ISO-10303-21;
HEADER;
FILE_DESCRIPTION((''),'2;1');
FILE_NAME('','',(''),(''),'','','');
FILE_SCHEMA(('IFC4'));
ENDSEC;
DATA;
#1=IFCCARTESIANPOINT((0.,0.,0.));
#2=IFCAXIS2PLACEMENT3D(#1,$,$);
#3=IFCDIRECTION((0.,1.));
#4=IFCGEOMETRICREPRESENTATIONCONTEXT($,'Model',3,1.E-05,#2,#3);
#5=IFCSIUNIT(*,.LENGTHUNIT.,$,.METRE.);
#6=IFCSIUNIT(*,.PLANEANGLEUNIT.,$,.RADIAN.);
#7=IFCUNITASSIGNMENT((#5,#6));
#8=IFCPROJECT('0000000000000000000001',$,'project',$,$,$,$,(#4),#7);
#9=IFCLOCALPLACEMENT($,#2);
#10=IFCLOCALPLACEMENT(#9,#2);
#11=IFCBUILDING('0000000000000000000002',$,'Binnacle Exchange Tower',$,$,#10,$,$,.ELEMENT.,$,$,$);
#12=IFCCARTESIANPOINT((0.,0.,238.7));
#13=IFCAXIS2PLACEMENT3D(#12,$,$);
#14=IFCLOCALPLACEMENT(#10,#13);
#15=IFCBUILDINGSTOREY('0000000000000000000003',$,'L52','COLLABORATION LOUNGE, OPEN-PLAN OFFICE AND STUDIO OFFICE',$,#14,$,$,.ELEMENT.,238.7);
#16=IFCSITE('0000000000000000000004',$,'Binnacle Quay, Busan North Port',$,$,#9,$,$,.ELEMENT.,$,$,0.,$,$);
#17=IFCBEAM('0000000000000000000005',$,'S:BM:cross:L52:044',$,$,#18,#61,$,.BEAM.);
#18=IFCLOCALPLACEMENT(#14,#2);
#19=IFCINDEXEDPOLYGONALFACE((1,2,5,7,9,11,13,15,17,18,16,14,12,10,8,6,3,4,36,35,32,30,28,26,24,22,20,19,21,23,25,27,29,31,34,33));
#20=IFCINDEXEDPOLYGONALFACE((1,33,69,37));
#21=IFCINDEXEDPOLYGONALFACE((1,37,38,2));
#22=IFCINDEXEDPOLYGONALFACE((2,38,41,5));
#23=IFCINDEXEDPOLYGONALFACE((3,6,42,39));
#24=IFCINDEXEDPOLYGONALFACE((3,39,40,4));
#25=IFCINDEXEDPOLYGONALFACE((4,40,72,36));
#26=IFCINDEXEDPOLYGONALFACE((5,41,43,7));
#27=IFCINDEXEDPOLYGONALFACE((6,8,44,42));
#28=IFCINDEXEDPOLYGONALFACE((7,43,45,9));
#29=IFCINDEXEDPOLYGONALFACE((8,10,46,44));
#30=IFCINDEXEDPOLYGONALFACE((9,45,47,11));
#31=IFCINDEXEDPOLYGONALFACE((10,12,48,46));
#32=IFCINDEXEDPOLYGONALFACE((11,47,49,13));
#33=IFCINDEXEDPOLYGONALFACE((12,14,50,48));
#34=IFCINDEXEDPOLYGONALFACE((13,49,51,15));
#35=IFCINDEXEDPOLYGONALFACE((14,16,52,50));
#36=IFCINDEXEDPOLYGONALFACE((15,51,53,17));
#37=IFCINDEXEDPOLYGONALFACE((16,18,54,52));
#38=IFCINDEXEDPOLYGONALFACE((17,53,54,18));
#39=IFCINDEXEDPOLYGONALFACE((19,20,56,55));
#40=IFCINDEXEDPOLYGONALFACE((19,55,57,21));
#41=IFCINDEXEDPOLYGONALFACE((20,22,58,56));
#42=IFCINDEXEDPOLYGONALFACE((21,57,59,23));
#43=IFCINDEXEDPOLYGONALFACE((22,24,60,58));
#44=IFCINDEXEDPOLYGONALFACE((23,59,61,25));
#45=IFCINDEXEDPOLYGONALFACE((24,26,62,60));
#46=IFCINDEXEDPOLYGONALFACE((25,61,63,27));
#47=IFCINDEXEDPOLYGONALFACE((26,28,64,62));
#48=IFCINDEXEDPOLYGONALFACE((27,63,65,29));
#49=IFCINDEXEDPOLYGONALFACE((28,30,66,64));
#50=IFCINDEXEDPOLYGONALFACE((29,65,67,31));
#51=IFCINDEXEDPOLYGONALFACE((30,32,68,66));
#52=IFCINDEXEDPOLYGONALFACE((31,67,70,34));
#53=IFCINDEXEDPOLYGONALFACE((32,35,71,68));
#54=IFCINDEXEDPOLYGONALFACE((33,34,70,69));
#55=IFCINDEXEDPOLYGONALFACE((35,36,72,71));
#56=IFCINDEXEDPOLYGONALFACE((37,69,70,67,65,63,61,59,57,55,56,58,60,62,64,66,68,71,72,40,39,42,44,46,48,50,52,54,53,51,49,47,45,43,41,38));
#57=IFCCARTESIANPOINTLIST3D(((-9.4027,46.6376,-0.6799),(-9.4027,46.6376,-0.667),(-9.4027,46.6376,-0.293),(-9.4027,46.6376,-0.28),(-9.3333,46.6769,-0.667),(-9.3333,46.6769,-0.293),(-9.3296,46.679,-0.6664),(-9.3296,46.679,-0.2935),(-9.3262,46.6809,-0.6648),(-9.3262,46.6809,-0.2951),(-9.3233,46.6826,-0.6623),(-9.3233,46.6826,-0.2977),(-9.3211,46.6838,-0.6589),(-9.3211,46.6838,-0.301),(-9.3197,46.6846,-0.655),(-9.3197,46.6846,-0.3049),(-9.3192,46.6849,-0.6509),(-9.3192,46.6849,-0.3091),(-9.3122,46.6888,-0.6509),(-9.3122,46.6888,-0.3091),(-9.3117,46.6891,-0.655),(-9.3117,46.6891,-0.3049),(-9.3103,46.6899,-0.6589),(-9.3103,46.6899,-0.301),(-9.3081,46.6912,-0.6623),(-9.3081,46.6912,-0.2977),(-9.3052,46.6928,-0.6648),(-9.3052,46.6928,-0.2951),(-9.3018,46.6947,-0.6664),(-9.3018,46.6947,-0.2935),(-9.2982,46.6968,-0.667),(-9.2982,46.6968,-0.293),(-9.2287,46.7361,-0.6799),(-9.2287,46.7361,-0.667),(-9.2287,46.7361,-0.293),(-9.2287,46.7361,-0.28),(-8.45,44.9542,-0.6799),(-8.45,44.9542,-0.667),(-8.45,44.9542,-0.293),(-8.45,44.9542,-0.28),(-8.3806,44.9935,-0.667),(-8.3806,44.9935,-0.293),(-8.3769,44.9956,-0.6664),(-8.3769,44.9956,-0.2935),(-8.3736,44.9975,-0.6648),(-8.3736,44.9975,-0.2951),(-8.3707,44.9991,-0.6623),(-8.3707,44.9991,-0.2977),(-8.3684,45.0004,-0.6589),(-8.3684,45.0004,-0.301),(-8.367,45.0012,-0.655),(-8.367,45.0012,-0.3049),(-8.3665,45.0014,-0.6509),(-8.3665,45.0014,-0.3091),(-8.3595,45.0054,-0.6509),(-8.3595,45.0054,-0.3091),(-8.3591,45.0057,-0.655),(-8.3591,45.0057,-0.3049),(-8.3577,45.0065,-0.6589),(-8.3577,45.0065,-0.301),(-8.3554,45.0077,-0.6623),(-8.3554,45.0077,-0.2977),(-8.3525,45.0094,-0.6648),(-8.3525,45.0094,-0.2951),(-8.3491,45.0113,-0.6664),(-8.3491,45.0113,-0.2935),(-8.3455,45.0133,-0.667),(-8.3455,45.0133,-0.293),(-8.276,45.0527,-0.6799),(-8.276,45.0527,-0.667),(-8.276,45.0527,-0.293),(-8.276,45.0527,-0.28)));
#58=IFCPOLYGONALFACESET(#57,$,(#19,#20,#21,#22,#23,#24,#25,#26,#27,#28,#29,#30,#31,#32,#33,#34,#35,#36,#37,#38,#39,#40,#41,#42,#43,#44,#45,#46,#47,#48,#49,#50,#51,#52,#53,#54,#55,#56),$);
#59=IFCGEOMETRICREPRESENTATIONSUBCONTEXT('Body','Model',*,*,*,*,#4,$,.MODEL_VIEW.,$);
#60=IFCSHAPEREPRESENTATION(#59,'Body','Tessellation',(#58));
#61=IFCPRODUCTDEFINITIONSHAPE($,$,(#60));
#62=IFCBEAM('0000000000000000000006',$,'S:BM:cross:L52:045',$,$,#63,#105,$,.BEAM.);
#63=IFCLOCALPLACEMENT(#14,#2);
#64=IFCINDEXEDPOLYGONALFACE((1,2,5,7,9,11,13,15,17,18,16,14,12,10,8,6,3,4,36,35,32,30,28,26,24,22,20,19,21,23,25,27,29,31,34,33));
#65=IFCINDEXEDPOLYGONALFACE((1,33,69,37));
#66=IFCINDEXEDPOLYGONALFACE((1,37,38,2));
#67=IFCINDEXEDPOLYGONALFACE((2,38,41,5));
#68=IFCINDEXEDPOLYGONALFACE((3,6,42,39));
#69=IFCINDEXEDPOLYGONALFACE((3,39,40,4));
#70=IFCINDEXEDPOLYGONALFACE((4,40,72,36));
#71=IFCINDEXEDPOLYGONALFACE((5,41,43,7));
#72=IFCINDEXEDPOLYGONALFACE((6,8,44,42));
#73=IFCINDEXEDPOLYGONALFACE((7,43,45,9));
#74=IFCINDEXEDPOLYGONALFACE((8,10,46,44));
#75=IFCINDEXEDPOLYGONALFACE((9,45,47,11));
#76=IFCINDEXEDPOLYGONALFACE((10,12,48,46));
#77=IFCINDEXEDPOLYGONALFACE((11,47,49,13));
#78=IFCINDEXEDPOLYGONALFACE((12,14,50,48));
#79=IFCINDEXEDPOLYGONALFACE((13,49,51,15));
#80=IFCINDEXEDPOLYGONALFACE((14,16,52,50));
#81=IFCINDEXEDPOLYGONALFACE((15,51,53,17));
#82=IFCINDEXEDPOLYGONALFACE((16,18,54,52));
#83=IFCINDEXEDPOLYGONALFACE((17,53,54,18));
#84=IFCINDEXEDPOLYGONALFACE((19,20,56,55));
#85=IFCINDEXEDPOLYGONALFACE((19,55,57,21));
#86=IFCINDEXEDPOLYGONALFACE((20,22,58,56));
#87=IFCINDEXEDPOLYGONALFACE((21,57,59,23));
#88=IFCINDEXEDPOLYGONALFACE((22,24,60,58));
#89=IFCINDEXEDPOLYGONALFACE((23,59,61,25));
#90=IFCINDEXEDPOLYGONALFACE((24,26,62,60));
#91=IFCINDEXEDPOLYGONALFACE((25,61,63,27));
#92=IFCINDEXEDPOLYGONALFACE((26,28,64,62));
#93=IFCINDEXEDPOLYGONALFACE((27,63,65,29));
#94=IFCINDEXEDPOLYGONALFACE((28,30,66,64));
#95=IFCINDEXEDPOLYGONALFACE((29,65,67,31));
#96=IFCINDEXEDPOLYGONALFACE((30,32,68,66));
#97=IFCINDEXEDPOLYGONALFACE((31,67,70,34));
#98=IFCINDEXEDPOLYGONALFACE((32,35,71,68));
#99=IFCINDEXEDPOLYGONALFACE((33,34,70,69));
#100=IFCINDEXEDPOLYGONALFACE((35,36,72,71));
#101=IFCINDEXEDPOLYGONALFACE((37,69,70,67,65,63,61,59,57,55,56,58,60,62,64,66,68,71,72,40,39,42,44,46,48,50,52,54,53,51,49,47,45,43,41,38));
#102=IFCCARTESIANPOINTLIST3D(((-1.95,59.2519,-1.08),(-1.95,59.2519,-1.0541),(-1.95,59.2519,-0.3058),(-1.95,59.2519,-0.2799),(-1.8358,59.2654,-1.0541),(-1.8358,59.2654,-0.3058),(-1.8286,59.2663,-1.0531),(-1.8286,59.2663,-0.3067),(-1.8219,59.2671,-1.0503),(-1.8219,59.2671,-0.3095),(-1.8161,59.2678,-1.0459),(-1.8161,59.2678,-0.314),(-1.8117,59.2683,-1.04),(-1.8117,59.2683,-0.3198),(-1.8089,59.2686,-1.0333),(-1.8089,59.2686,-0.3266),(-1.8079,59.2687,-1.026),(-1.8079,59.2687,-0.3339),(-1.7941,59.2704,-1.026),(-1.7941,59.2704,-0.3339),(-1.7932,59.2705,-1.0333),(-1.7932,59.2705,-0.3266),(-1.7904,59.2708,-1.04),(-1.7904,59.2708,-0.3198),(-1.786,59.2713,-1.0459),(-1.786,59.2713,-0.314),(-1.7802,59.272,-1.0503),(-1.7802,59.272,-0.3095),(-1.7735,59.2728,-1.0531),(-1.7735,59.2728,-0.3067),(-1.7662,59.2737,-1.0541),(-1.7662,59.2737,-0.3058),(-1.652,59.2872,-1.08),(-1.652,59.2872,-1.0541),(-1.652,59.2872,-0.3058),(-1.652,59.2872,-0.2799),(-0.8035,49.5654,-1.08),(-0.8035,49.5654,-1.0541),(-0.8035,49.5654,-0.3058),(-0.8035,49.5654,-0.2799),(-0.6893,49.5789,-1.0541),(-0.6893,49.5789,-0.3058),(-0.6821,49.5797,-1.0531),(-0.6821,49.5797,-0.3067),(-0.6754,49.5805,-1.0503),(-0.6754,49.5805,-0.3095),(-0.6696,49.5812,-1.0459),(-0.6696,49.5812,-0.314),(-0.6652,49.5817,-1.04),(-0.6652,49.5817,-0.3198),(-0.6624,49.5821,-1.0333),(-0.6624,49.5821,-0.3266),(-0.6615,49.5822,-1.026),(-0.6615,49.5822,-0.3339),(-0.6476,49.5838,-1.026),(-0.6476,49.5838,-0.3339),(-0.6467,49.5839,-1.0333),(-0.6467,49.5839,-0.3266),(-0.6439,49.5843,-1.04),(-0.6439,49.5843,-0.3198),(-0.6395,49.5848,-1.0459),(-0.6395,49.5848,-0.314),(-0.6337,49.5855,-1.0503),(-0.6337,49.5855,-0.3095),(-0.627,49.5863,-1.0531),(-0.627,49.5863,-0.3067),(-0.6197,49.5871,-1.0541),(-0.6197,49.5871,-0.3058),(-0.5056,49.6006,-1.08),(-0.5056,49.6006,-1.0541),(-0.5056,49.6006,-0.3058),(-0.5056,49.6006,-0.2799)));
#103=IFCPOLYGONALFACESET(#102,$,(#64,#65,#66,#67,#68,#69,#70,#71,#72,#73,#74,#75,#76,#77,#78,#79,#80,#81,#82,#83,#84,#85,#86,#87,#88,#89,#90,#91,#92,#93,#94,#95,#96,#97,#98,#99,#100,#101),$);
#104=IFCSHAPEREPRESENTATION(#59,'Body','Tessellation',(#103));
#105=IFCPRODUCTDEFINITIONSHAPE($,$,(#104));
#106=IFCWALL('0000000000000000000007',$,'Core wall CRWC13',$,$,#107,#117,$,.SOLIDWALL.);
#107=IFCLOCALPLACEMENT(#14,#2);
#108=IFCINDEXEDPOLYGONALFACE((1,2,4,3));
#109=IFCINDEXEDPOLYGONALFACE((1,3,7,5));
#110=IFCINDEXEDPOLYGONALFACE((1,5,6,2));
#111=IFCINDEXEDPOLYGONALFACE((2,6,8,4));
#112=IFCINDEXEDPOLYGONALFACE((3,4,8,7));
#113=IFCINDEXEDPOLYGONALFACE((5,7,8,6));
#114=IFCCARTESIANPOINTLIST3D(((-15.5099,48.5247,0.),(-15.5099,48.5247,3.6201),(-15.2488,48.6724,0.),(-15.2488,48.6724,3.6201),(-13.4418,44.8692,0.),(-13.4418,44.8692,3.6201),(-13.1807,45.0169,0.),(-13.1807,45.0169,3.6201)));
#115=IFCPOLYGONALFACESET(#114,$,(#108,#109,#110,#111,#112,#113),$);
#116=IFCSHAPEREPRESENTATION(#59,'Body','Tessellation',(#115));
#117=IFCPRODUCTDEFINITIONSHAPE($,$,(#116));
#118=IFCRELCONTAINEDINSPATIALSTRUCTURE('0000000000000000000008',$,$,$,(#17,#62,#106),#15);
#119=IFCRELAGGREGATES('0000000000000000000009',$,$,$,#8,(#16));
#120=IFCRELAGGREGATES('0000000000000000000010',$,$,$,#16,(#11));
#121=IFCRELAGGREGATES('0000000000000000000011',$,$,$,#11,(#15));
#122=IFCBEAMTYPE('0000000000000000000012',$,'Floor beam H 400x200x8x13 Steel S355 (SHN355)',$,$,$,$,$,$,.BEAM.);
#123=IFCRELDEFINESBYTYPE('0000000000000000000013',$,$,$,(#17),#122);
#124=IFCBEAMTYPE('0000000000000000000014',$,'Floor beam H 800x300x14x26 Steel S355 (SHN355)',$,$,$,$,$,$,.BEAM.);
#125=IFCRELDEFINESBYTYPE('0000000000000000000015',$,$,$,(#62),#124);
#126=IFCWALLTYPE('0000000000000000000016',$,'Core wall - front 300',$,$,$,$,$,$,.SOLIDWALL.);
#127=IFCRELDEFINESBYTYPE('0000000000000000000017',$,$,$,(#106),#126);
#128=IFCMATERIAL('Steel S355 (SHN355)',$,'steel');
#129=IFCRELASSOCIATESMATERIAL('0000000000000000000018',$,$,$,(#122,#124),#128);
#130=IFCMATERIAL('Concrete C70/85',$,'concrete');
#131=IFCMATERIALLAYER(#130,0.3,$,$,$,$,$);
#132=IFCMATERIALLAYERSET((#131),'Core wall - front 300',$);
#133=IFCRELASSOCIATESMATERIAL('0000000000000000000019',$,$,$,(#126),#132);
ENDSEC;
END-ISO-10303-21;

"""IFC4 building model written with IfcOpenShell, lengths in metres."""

from ifc_helpers import new_model, si_unit, direction, frame, frame_2d, origin, origin_2d, place, context, subcontext, project, spatial, rectangle, i_section, extrude, material, layer, layer_set, material_profile, profile_set, type_object, element, save


model = new_model("IFC4")

# Units and contexts
model_context = context("Model", 3, precision=1e-05, world=origin(), true_north=direction((0.0, 1.0)))
body_context = subcontext(model_context, "Body", "Model", "MODEL_VIEW")
ifc_project = project(units=[si_unit("LENGTHUNIT", "METRE"), si_unit("PLANEANGLEUNIT", "RADIAN")], contexts=[model_context])

# Site, building, storey
site_placement = place(None, origin())
site = spatial("IfcSite", under=ifc_project, at=site_placement, Name="Binnacle Quay, Busan North Port", CompositionType="ELEMENT", RefElevation=0.0)
building_placement = place(site_placement, origin())
building = spatial("IfcBuilding", under=site, at=building_placement, Name="Binnacle Exchange Tower", CompositionType="ELEMENT")
storey_placement = place(building_placement, frame((0.0, 0.0, 238.7)))
storey = spatial("IfcBuildingStorey", under=building, at=storey_placement, Name="L52", Description="COLLABORATION LOUNGE, OPEN-PLAN OFFICE AND STUDIO OFFICE", CompositionType="ELEMENT", Elevation=238.7)

# Beams
ifc_material_1 = material(Name="Steel S355 (SHN355)", Category="steel")
ifc_material_profile_1 = material_profile(ifc_material_1, i_section(OverallWidth=0.2, OverallDepth=0.3999, WebThickness=0.0081, FlangeThickness=0.0129, FilletRadius=0.0161, at=origin_2d()), Name="H 400x200x8x13")
ifc_profile_set_1 = profile_set([ifc_material_profile_1], Name="Steel S355 (SHN355)")
beam_type_1 = type_object("IfcBeamType", Name="Floor beam H 400x200x8x13 Steel S355 (SHN355)", PredefinedType="BEAM", material=ifc_profile_set_1)
for number, where, z_axis, x_axis, name in (
    (1, (-8.363, 45.0034, -0.48), (-0.492519, 0.870302, 0.0), (-0.870302, -0.492519, 0.0), "S:BM:cross:L52:044"),
):
    element("IfcBeam", number, at=place(storey_placement, frame(where, z_axis=z_axis, x_axis=x_axis)), inside=storey, type_object=beam_type_1, Name=name, PredefinedType="BEAM", context=body_context, shape_type="SweptSolid", body=[
        extrude(i_section(OverallWidth=0.2, OverallDepth=0.3999, WebThickness=0.0081, FlangeThickness=0.0129, FilletRadius=0.0161, at=origin_2d()), origin(), (0.0, 0.0, 1.0), 1.9343),
    ])
ifc_material_profile_2 = material_profile(ifc_material_1, i_section(OverallWidth=0.3, OverallDepth=0.8, WebThickness=0.0139, FlangeThickness=0.0259, FilletRadius=0.0281, at=origin_2d()), Name="H 800x300x14x26")
ifc_profile_set_2 = profile_set([ifc_material_profile_2], Name="Steel S355 (SHN355)")
beam_type_2 = type_object("IfcBeamType", Name="Floor beam H 800x300x14x26 Steel S355 (SHN355)", PredefinedType="BEAM", material=ifc_profile_set_2)
beam_1_placement = place(storey_placement, frame((-0.6545, 49.583, -0.6799), z_axis=(-0.117538, 0.993068, 0.0), x_axis=(-0.993068, -0.117538, 0.0)))
element("IfcBeam", 2, at=beam_1_placement, inside=storey, type_object=beam_type_2, Name="S:BM:cross:L52:045", PredefinedType="BEAM", context=body_context, shape_type="SweptSolid", body=[
    extrude(i_section(OverallWidth=0.3, OverallDepth=0.8, WebThickness=0.0139, FlangeThickness=0.0259, FilletRadius=0.0281, at=origin_2d()), origin(), (0.0, 0.0, 1.0), 9.7542),
])

# Wall
ifc_material_2 = material(Name="Concrete C70/85", Category="concrete")
ifc_layer_1 = layer(ifc_material_2, 0.3)
ifc_layer_set_1 = layer_set([ifc_layer_1], Name="Core wall - front 300")
wall_type = type_object("IfcWallType", Name="Core wall - front 300", PredefinedType="SOLIDWALL", material=ifc_layer_set_1)
wall_placement = place(storey_placement, frame((-15.3794, 48.5986, 0.0), z_axis=(0.0, 0.0, 1.0), x_axis=(0.49241, -0.870364, 0.0)))
element("IfcWall", 3, at=wall_placement, inside=storey, type_object=wall_type, Name="Core wall CRWC13", PredefinedType="SOLIDWALL", context=body_context, shape_type="SweptSolid", body=[
    extrude(rectangle(XDim=4.2, YDim=0.3, at=frame_2d((2.1001, 0.0))), origin(), (0.0, 0.0, 1.0), 3.6201),
])

save(model, "model.ifc")
